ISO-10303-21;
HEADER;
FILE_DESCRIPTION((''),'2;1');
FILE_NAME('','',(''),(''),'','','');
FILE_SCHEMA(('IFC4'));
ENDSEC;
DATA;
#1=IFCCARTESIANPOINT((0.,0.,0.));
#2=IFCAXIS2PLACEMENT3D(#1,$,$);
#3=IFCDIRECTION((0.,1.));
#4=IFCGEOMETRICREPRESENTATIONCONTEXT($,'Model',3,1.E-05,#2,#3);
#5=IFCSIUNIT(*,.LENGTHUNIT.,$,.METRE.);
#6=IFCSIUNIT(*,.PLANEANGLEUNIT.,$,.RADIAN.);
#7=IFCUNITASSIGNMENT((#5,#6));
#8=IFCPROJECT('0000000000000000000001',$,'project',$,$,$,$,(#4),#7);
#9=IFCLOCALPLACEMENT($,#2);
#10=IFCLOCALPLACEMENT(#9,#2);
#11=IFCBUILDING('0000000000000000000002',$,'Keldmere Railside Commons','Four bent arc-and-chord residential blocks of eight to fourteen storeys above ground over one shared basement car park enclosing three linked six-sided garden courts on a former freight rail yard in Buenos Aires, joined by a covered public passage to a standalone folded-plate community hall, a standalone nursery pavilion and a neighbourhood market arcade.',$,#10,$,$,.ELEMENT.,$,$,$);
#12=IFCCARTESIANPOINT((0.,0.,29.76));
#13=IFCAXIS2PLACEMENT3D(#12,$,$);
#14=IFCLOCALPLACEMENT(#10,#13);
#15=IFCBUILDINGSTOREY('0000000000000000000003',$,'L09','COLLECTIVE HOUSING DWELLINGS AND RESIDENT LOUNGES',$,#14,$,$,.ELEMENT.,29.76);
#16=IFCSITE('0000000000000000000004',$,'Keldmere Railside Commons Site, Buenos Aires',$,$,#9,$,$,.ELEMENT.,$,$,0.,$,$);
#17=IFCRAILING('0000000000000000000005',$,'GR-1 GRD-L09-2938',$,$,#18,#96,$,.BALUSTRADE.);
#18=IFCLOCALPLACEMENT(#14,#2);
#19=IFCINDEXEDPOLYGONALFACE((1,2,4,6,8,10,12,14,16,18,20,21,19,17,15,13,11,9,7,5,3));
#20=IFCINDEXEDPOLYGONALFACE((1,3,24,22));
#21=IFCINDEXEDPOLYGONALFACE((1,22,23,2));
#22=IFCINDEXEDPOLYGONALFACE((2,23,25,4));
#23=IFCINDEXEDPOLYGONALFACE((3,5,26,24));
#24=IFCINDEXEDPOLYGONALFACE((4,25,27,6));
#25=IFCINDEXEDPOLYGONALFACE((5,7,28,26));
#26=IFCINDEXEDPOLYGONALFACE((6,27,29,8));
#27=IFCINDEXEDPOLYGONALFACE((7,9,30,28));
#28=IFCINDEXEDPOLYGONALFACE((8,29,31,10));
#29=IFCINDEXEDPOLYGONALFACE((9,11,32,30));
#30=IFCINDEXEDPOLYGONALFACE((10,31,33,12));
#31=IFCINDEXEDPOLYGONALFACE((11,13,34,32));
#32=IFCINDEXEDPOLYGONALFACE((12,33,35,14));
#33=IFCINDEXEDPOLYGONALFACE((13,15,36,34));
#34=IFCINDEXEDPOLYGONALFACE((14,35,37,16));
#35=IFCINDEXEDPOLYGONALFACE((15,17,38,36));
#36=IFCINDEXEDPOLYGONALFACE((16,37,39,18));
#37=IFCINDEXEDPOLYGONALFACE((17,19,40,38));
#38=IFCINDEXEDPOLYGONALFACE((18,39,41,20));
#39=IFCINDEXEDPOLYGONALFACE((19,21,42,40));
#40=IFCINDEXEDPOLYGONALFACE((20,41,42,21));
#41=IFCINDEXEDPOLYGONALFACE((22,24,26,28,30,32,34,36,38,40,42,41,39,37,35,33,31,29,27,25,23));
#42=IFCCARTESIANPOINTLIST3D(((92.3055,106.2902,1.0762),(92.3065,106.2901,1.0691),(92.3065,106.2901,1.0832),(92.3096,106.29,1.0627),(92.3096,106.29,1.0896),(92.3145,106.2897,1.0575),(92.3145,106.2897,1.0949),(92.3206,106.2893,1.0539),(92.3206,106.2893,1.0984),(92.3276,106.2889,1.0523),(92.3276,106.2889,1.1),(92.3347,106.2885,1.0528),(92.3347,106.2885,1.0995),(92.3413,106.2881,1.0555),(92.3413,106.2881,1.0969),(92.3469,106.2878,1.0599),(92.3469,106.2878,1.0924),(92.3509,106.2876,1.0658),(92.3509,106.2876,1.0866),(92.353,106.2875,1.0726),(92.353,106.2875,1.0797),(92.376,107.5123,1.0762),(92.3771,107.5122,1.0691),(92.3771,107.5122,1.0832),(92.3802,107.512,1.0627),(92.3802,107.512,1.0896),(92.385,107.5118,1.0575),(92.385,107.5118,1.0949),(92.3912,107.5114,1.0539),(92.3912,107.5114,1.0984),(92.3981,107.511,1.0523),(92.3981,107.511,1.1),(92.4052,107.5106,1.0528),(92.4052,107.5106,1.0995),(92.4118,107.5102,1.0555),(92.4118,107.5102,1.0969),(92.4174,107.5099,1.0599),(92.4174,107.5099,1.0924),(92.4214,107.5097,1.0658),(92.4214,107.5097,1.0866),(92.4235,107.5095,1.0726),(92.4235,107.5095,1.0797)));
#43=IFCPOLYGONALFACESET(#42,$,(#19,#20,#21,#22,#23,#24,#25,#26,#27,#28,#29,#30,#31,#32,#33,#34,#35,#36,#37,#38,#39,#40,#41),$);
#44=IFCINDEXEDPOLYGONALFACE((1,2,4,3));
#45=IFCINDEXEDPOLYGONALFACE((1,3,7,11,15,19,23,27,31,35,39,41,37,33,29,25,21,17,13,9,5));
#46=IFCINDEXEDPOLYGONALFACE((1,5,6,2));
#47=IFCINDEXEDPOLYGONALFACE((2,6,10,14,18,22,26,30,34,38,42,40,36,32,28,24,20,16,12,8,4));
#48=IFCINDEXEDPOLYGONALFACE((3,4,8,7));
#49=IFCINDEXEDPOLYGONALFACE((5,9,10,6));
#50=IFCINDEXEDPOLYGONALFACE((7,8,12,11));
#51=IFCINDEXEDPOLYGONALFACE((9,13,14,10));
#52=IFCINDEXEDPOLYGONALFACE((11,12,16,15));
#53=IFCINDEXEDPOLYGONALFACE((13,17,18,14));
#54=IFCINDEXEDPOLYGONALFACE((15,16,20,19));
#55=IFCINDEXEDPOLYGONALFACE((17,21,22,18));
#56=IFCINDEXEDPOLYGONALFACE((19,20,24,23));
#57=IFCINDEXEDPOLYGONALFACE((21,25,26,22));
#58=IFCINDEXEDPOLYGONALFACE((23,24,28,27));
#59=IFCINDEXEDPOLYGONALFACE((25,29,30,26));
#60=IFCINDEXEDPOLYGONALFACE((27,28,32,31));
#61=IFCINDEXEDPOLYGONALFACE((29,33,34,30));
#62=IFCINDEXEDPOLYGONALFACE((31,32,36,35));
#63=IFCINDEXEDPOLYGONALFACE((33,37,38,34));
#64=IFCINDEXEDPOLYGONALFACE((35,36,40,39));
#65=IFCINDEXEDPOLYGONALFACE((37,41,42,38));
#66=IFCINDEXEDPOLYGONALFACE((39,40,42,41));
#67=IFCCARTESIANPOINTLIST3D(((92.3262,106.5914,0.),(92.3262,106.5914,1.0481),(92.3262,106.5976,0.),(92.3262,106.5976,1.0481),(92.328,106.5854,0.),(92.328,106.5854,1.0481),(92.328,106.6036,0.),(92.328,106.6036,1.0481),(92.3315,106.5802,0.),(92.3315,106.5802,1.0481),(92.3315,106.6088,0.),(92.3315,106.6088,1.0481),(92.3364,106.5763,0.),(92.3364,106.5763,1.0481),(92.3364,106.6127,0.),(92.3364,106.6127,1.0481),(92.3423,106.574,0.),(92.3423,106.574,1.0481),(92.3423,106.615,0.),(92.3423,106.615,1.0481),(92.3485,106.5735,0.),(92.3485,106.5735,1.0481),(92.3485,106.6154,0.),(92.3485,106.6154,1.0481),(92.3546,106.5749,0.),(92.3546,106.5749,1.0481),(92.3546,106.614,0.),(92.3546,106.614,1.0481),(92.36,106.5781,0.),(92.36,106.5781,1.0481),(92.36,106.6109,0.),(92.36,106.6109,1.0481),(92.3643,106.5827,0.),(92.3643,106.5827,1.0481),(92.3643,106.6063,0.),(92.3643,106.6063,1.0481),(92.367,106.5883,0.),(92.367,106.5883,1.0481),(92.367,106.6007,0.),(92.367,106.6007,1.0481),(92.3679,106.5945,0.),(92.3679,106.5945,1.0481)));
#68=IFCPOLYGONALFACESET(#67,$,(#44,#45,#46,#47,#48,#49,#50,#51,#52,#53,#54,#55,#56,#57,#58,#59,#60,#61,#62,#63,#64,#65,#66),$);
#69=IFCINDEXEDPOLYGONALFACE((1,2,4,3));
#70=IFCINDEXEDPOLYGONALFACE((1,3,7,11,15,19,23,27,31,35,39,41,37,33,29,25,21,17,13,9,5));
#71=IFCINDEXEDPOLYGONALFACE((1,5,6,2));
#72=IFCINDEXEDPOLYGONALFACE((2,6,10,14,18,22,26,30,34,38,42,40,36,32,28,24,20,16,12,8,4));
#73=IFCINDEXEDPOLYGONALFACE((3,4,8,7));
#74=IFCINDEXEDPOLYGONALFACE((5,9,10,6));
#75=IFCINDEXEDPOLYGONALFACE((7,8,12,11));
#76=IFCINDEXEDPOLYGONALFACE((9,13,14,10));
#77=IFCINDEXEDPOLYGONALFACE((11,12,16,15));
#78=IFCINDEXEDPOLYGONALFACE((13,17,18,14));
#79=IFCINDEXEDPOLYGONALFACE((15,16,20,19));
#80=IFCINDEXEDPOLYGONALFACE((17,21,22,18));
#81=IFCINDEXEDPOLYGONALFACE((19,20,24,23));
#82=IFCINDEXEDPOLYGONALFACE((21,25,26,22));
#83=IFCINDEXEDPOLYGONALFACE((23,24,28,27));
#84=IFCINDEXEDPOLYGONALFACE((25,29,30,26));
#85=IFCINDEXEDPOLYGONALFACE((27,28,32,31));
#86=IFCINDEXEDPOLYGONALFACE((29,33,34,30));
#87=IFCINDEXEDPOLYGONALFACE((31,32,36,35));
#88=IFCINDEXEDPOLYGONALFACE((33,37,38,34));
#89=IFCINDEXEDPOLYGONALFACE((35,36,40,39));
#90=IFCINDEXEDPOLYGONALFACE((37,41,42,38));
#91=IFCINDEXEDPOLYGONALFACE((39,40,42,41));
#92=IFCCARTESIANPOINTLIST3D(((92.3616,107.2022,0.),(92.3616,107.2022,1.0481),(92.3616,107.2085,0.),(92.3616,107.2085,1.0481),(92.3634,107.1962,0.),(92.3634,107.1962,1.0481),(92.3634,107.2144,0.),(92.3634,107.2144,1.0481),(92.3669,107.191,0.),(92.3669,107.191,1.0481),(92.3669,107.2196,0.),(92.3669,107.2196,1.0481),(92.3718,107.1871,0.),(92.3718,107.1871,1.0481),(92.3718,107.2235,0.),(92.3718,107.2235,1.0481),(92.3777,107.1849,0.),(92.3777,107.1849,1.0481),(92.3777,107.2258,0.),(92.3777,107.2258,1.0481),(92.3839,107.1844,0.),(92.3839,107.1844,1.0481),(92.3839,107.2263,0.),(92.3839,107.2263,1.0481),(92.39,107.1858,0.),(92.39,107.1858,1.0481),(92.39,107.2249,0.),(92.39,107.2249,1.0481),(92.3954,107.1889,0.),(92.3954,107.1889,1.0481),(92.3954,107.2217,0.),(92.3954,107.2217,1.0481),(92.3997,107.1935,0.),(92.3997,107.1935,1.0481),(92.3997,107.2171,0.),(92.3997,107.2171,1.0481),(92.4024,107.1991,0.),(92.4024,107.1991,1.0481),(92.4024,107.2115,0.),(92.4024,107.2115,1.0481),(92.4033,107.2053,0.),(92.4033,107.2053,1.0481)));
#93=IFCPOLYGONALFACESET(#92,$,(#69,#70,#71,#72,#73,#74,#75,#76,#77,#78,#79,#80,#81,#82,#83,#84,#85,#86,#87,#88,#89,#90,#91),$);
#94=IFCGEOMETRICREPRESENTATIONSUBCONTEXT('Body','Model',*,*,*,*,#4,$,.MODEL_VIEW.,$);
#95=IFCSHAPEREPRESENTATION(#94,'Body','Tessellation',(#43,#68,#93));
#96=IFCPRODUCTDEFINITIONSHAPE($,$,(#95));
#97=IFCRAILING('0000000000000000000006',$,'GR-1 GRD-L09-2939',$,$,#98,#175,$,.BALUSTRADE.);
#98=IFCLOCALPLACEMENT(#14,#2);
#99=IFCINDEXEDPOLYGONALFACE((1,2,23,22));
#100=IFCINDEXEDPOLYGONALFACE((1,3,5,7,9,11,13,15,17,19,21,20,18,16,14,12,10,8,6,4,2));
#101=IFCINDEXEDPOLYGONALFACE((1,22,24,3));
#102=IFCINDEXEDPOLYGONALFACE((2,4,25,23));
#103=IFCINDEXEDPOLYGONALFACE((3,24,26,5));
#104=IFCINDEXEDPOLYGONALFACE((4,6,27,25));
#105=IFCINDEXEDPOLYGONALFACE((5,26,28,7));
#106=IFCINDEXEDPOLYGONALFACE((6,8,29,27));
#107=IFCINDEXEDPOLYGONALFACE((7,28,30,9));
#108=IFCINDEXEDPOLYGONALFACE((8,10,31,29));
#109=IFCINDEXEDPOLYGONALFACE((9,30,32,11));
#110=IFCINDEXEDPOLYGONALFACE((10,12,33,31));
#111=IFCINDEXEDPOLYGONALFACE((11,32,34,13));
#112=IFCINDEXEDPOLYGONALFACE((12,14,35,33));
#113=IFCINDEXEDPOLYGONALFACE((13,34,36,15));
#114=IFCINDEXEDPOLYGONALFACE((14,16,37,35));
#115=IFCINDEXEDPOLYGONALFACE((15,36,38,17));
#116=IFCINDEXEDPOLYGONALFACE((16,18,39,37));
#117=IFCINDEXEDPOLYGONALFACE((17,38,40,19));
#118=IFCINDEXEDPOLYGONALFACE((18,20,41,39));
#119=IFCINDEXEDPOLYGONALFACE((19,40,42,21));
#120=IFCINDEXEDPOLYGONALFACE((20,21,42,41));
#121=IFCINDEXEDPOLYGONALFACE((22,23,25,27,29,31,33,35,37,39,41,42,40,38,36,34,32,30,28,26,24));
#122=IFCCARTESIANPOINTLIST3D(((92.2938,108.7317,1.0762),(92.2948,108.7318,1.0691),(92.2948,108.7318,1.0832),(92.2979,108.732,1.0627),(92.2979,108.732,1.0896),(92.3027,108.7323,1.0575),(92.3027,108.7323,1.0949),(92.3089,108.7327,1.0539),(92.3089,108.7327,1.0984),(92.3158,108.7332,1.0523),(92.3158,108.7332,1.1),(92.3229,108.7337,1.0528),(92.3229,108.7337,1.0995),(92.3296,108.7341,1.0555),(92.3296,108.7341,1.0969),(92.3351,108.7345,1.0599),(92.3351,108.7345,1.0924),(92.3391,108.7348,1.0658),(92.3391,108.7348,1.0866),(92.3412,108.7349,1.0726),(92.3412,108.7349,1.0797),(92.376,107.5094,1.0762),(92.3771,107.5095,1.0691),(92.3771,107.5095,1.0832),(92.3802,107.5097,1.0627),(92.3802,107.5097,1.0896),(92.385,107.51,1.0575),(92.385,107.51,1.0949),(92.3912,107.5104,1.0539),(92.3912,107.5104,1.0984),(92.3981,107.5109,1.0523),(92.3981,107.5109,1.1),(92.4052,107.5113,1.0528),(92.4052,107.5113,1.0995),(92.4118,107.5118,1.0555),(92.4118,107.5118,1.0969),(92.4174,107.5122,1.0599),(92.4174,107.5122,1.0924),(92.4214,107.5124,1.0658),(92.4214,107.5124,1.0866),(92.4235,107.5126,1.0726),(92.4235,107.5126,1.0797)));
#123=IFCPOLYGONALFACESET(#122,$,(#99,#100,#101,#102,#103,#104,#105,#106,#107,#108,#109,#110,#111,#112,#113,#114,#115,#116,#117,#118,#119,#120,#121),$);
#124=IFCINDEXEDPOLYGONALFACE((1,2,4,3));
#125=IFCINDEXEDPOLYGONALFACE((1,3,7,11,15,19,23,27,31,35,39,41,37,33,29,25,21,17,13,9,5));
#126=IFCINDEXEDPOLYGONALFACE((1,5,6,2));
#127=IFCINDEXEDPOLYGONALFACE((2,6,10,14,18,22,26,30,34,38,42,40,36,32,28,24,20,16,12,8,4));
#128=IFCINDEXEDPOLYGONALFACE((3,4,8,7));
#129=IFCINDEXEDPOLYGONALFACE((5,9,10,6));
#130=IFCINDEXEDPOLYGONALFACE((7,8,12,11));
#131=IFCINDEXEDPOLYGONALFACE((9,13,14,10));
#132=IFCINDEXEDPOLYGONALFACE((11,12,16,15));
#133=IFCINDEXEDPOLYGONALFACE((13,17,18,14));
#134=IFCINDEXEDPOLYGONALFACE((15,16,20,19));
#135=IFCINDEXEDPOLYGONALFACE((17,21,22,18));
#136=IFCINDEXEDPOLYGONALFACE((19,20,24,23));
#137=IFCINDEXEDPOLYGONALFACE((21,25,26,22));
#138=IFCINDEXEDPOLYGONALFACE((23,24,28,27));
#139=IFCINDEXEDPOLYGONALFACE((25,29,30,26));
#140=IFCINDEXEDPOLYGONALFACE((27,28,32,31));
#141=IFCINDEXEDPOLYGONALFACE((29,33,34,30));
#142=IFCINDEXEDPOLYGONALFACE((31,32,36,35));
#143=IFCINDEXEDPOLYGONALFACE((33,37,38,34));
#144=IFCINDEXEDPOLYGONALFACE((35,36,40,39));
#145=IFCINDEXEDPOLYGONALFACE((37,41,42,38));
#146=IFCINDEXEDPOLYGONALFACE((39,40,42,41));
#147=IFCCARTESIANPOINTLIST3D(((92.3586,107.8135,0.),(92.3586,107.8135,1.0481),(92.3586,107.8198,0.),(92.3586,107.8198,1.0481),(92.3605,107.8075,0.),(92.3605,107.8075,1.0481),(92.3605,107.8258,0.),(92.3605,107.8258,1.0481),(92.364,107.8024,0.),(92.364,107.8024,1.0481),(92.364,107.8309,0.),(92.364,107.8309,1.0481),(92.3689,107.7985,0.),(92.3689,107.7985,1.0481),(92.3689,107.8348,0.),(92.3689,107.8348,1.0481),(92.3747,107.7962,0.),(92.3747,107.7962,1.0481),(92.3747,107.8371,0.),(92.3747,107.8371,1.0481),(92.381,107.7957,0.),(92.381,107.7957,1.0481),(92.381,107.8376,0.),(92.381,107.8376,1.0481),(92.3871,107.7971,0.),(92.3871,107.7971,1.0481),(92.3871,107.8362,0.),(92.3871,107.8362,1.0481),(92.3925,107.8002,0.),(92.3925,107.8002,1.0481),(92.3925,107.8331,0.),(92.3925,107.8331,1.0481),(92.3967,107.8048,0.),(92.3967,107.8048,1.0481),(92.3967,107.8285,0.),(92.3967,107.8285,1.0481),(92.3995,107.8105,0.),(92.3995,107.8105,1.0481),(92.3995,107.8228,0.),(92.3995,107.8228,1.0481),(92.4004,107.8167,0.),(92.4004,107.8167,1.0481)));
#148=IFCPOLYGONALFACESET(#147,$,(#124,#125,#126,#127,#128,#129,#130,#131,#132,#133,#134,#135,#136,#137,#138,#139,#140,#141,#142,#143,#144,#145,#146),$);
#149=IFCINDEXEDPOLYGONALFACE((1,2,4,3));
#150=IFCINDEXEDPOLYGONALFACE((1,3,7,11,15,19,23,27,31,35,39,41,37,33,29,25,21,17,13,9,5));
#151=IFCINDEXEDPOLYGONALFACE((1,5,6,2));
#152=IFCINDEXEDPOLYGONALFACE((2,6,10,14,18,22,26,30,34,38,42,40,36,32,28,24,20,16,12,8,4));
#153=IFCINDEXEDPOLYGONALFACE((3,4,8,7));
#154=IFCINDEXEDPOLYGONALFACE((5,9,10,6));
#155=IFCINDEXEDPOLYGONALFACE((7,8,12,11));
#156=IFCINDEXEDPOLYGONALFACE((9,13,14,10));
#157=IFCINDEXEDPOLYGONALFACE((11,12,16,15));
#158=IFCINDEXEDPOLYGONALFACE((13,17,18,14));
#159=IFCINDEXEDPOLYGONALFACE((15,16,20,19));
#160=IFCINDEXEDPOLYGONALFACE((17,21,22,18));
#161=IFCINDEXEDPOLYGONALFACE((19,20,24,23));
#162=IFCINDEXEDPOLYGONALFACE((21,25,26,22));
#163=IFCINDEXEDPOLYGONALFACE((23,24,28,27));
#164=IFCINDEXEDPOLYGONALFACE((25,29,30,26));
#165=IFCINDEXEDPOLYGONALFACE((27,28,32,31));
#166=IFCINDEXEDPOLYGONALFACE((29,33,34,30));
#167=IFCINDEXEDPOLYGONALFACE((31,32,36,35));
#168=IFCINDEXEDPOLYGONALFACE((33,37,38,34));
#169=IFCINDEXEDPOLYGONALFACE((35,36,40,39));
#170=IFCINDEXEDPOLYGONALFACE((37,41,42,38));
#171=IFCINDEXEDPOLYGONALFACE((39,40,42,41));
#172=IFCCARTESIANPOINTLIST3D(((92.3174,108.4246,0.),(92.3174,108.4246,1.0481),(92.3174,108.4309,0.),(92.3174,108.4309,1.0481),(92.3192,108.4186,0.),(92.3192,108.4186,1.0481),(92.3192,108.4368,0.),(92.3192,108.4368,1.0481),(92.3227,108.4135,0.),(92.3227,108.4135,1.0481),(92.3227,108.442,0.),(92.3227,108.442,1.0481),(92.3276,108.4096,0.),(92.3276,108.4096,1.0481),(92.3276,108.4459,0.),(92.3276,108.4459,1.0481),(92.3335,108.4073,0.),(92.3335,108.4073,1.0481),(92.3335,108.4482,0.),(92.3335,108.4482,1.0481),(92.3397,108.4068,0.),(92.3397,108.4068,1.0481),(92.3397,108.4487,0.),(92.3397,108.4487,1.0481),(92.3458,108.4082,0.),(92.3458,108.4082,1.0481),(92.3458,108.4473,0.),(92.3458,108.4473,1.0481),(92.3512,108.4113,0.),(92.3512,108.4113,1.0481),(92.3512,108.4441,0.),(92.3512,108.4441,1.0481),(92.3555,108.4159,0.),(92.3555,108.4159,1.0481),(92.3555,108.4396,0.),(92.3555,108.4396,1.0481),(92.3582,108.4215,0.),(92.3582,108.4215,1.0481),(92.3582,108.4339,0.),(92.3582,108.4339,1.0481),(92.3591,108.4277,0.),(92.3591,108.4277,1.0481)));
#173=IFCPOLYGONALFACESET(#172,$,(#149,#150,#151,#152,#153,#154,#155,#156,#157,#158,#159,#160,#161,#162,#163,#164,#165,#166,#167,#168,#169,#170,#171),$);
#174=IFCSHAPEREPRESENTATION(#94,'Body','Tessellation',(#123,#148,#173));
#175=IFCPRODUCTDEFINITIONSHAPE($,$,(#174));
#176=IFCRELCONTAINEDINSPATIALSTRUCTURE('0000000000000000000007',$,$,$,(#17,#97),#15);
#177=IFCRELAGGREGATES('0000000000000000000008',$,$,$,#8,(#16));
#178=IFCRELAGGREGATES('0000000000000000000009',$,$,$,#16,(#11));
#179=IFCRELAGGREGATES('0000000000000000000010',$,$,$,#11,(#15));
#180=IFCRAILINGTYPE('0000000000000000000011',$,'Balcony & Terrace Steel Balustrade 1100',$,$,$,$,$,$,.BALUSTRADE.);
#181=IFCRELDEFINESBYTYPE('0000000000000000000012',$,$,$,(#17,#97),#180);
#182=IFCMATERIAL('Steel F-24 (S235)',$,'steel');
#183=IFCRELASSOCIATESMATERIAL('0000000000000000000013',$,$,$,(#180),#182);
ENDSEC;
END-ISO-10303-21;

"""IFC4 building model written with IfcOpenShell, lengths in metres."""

from ifc_helpers import new_model, si_unit, direction, frame, origin, origin_2d, place, context, subcontext, project, spatial, circle, extrude, material, type_object, element, save


model = new_model("IFC4")

# Units and contexts
model_context = context("Model", 3, precision=1e-05, world=origin(), true_north=direction((0.0, 1.0)))
body_context = subcontext(model_context, "Body", "Model", "MODEL_VIEW")
ifc_project = project(units=[si_unit("LENGTHUNIT", "METRE"), si_unit("PLANEANGLEUNIT", "RADIAN")], contexts=[model_context])

# Site, building, storey
site_placement = place(None, origin())
site = spatial("IfcSite", under=ifc_project, at=site_placement, Name="Keldmere Railside Commons Site, Buenos Aires", CompositionType="ELEMENT", RefElevation=0.0)
building_placement = place(site_placement, origin())
building = spatial("IfcBuilding", under=site, at=building_placement, Name="Keldmere Railside Commons", Description="Four bent arc-and-chord residential blocks of eight to fourteen storeys above ground over one shared basement car park enclosing three linked six-sided garden courts on a former freight rail yard in Buenos Aires, joined by a covered public passage to a standalone folded-plate community hall, a standalone nursery pavilion and a neighbourhood market arcade.", CompositionType="ELEMENT")
storey_placement = place(building_placement, frame((0.0, 0.0, 29.76)))
storey = spatial("IfcBuildingStorey", under=building, at=storey_placement, Name="L09", Description="COLLECTIVE HOUSING DWELLINGS AND RESIDENT LOUNGES", CompositionType="ELEMENT", Elevation=29.76)

# Railings
ifc_material_1 = material(Name="Steel F-24 (S235)", Category="steel")
railing_type = type_object("IfcRailingType", Name="Balcony & Terrace Steel Balustrade 1100", PredefinedType="BALUSTRADE", material=ifc_material_1)
railing_1_placement = place(storey_placement, frame((92.3293, 106.2888, 0.0)))
element("IfcRailing", 1, at=railing_1_placement, inside=storey, type_object=railing_type, Name="GR-1 GRD-L09-2938", PredefinedType="BALUSTRADE", context=body_context, shape_type="SweptSolid", body=[
    extrude(circle(Radius=0.0239, at=origin_2d()), frame((0.0, 0.0, 1.0762), z_axis=(0.057635, 0.998338, 0.0), x_axis=(-0.998338, 0.057635, 0.0)), (0.0, 0.0, 1.0), 1.2241),
    extrude(circle(Radius=0.021, at=origin_2d()), frame((0.0176, 0.3057, 0.0)), (0.0, 0.0, 1.0), 1.0481),
    extrude(circle(Radius=0.021, at=origin_2d()), frame((0.053, 0.9165, 0.0)), (0.0, 0.0, 1.0), 1.0481),
])
railing_2_placement = place(storey_placement, frame((92.3999, 107.511, 0.0)))
element("IfcRailing", 2, at=railing_2_placement, inside=storey, type_object=railing_type, Name="GR-1 GRD-L09-2939", PredefinedType="BALUSTRADE", context=body_context, shape_type="SweptSolid", body=[
    extrude(circle(Radius=0.0239, at=origin_2d()), frame((0.0, 0.0, 1.0762), z_axis=(-0.067154, 0.997743, 0.0), x_axis=(-0.997743, -0.067154, 0.0)), (0.0, 0.0, 1.0), 1.2251),
    extrude(circle(Radius=0.021, at=origin_2d()), frame((-0.0205, 0.3057, 0.0)), (0.0, 0.0, 1.0), 1.0481),
    extrude(circle(Radius=0.021, at=origin_2d()), frame((-0.0618, 0.9167, 0.0)), (0.0, 0.0, 1.0), 1.0481),
])

save(model, "model.ifc")
